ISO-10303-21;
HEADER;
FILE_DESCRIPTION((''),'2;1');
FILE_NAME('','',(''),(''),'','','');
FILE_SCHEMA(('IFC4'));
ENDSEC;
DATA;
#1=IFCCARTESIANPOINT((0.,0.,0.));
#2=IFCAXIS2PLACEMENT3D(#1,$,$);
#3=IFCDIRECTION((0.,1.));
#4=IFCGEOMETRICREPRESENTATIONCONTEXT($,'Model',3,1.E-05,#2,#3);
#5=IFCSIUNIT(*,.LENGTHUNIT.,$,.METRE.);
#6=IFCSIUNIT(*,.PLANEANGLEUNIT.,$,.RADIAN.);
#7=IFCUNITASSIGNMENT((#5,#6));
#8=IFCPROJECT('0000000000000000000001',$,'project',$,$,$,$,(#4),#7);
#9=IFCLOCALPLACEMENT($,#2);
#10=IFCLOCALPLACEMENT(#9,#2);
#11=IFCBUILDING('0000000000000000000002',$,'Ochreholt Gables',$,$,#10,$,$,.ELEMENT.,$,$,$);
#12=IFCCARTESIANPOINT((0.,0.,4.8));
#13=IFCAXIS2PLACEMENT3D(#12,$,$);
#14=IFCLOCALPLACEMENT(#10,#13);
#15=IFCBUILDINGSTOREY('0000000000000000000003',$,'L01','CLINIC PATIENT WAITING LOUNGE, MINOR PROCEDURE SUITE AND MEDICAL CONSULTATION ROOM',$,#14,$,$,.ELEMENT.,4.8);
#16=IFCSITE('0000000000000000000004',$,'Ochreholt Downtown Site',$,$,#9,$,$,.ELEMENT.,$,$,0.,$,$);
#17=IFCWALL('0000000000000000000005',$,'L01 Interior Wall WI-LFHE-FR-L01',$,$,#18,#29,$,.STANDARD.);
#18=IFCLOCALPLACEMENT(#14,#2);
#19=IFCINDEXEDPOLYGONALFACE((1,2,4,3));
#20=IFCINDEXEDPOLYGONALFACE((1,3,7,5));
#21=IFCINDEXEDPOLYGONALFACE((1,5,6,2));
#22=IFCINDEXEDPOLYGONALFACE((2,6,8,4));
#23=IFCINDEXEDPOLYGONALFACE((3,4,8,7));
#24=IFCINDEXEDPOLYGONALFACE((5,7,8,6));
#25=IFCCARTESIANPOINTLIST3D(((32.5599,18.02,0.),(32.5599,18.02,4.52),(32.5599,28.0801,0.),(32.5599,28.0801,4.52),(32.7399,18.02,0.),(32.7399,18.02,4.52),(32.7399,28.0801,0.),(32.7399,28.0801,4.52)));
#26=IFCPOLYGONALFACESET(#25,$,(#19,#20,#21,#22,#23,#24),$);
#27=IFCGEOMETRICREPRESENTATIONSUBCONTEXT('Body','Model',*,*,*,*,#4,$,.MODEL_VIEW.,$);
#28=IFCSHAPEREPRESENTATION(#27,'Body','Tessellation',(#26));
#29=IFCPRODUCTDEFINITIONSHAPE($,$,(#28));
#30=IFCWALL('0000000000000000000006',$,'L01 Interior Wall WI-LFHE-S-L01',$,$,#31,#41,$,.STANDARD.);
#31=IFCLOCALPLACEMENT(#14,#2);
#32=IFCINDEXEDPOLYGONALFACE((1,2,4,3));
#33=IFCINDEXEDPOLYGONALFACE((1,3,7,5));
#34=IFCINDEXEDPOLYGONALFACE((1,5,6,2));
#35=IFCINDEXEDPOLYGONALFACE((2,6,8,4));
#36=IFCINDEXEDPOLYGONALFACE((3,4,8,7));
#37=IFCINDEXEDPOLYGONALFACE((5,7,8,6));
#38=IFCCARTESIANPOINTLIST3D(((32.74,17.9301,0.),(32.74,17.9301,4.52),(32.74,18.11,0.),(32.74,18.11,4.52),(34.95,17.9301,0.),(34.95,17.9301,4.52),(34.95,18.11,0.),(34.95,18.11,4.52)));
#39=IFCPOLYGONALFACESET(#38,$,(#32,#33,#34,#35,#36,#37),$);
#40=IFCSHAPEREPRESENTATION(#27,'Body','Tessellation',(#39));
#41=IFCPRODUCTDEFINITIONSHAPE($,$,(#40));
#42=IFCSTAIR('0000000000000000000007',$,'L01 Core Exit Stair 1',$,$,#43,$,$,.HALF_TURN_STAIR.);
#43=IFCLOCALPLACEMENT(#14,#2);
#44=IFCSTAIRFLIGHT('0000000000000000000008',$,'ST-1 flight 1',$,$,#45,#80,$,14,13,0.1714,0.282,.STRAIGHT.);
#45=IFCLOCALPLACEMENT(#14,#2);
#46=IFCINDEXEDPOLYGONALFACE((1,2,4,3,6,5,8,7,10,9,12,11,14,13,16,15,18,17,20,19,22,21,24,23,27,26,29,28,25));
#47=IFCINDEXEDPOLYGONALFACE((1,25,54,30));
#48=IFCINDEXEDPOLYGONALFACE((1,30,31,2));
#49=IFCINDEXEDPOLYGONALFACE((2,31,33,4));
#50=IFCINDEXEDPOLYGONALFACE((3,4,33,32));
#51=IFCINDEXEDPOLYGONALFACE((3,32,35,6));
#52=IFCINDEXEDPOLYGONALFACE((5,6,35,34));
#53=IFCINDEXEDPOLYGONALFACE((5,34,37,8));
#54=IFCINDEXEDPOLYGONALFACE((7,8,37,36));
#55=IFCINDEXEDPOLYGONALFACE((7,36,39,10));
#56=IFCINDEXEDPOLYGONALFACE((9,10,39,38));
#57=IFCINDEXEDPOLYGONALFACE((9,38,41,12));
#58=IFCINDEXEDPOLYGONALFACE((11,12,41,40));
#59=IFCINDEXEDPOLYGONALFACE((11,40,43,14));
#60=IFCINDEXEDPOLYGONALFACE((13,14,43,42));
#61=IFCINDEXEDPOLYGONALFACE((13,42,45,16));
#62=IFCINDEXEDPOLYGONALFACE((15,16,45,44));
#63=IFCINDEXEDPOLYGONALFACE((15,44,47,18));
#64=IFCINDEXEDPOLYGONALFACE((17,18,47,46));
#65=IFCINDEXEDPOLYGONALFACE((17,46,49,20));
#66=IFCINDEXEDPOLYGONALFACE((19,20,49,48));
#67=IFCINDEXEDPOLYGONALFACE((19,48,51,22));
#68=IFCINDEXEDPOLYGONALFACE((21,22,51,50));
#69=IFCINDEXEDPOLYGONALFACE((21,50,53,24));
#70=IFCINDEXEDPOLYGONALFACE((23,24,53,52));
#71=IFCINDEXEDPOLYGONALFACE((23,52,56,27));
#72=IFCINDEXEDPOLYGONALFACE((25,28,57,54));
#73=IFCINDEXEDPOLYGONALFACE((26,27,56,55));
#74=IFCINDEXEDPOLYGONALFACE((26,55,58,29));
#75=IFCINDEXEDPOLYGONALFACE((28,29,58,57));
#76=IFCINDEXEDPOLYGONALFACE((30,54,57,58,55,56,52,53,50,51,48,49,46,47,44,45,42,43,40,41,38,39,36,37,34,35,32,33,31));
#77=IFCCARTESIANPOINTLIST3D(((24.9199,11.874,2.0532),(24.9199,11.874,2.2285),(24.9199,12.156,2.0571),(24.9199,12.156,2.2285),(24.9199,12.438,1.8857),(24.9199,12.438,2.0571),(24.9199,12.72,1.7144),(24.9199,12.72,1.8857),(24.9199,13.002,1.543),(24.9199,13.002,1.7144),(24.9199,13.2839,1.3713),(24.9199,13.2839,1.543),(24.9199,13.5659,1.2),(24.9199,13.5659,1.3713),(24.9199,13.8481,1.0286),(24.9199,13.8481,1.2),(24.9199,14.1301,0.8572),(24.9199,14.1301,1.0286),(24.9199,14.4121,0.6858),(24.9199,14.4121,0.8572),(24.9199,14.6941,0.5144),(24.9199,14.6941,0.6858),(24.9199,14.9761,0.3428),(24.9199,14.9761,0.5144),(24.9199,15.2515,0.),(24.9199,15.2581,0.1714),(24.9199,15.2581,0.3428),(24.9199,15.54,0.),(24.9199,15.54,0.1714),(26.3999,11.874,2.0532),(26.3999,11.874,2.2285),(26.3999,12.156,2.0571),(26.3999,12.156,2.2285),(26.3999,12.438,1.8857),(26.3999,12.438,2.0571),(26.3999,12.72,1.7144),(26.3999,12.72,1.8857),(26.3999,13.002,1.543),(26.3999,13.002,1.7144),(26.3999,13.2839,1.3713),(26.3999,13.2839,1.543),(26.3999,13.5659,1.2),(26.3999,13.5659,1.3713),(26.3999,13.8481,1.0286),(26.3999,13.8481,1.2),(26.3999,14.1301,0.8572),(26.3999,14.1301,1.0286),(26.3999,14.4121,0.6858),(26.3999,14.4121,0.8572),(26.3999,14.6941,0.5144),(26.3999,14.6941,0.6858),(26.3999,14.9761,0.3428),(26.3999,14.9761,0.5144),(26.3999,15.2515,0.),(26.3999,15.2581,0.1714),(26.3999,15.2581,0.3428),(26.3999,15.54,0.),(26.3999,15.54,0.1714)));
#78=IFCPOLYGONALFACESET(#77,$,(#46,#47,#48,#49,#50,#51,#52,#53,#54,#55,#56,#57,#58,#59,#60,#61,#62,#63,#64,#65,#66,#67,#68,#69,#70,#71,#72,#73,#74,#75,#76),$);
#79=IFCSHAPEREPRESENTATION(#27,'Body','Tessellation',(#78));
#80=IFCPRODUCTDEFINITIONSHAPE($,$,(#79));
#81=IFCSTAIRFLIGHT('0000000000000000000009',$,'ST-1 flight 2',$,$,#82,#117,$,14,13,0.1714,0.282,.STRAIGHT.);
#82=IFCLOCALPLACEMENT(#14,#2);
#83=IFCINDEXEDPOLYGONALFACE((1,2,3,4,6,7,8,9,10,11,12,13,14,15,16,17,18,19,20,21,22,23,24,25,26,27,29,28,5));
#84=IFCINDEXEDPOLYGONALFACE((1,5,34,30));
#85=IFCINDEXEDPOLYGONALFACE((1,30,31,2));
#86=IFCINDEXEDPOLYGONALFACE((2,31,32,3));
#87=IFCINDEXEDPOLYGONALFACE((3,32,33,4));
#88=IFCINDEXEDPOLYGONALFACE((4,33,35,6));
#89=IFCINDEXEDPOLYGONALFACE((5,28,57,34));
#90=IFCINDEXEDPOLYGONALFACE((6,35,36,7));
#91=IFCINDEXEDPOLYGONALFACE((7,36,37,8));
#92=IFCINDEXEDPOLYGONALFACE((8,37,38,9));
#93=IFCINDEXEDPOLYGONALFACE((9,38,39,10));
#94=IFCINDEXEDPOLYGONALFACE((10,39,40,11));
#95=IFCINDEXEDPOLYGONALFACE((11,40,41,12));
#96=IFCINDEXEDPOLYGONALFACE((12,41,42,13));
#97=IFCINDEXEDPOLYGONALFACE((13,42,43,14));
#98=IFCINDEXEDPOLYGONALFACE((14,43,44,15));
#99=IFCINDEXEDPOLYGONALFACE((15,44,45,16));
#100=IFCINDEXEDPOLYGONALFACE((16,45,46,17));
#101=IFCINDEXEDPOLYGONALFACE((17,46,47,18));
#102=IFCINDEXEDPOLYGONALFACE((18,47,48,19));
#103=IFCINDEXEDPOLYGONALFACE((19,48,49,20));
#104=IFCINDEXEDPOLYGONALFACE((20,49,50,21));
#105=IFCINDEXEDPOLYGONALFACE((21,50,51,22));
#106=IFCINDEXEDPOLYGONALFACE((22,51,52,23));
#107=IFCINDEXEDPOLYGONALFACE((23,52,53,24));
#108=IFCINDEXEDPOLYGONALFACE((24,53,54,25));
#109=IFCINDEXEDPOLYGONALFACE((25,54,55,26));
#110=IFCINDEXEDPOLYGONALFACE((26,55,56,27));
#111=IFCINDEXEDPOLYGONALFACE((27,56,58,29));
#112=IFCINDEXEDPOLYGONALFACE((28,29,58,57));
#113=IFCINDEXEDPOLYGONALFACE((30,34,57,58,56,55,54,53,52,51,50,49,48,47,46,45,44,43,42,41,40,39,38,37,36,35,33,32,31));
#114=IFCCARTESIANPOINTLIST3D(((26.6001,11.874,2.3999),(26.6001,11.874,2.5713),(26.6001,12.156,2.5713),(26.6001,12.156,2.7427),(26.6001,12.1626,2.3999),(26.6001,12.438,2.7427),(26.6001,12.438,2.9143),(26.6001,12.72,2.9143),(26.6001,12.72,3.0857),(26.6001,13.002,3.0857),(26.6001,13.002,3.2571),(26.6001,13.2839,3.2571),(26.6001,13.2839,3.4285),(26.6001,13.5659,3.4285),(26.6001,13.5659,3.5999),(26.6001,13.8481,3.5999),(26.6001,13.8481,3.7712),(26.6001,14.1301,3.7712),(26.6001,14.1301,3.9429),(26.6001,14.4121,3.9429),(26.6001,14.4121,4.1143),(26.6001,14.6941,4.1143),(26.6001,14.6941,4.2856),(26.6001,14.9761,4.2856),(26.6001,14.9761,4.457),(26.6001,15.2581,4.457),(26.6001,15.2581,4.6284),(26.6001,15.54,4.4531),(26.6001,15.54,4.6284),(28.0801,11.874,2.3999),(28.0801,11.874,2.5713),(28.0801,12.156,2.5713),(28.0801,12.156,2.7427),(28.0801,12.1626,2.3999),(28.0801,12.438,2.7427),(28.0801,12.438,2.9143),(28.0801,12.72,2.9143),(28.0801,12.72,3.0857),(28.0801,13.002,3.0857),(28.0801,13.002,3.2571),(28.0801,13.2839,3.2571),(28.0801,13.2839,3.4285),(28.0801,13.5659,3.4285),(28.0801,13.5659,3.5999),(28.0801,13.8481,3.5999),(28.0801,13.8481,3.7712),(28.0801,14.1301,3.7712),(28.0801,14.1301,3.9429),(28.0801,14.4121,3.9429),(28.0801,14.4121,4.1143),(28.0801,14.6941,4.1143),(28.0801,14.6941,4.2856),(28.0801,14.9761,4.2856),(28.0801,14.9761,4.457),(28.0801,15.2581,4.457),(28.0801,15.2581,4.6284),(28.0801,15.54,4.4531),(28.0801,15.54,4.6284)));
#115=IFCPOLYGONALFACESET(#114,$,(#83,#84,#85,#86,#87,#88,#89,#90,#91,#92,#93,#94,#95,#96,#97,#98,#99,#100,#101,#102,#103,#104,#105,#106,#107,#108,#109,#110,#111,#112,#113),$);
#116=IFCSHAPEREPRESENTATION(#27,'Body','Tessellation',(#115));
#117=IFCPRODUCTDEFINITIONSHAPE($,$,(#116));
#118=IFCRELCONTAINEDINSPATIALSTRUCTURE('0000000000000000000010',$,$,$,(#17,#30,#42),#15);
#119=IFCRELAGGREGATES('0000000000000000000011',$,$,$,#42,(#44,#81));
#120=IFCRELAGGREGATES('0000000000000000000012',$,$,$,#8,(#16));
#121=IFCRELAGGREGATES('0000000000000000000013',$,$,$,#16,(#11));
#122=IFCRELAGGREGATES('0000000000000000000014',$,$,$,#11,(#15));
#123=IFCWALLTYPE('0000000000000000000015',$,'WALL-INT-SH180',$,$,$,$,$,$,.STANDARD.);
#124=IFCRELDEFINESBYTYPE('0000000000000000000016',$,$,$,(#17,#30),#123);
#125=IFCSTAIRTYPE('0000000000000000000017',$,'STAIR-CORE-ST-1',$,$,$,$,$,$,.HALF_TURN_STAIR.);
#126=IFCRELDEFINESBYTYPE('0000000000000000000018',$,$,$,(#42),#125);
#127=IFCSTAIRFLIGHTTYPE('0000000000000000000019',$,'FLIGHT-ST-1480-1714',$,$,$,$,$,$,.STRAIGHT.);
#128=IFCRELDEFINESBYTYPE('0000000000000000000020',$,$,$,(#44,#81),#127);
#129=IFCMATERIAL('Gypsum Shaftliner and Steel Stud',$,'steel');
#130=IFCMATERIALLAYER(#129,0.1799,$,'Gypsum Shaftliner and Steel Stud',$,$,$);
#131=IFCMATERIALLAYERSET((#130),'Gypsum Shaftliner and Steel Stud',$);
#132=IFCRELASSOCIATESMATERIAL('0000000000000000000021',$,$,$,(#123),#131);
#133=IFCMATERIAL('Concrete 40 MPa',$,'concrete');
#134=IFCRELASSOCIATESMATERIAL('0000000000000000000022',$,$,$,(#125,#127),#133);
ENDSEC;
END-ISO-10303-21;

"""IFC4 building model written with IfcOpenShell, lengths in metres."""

from ifc_helpers import new_model, si_unit, direction, frame, frame_2d, origin, place, context, subcontext, project, spatial, polyline, rectangle, outline, extrude, material, layer, layer_set, type_object, element, aggregate, save


model = new_model("IFC4")

# Units and contexts
model_context = context("Model", 3, precision=1e-05, world=origin(), true_north=direction((0.0, 1.0)))
body_context = subcontext(model_context, "Body", "Model", "MODEL_VIEW")
ifc_project = project(units=[si_unit("LENGTHUNIT", "METRE"), si_unit("PLANEANGLEUNIT", "RADIAN")], contexts=[model_context])

# Site, building, storey
site_placement = place(None, origin())
site = spatial("IfcSite", under=ifc_project, at=site_placement, Name="Ochreholt Downtown Site", CompositionType="ELEMENT", RefElevation=0.0)
building_placement = place(site_placement, origin())
building = spatial("IfcBuilding", under=site, at=building_placement, Name="Ochreholt Gables", CompositionType="ELEMENT")
storey_placement = place(building_placement, frame((0.0, 0.0, 4.8)))
storey = spatial("IfcBuildingStorey", under=building, at=storey_placement, Name="L01", Description="CLINIC PATIENT WAITING LOUNGE, MINOR PROCEDURE SUITE AND MEDICAL CONSULTATION ROOM", CompositionType="ELEMENT", Elevation=4.8)

# Shared definitions
ifc_material_1 = material(Name="Concrete 40 MPa", Category="concrete")

# Walls
ifc_material_2 = material(Name="Gypsum Shaftliner and Steel Stud", Category="steel")
ifc_layer_1 = layer(ifc_material_2, 0.1799, Name="Gypsum Shaftliner and Steel Stud")
ifc_layer_set_1 = layer_set([ifc_layer_1], Name="Gypsum Shaftliner and Steel Stud")
wall_type_1 = type_object("IfcWallType", Name="WALL-INT-SH180", PredefinedType="STANDARD", material=ifc_layer_set_1)
wall_1_placement = place(storey_placement, frame((32.6499, 18.02, 0.0), z_axis=(0.0, 0.0, 1.0), x_axis=(0.0, 1.0, 0.0)))
element("IfcWall", 1, at=wall_1_placement, inside=storey, type_object=wall_type_1, Name="L01 Interior Wall WI-LFHE-FR-L01", PredefinedType="STANDARD", context=body_context, shape_type="SweptSolid", body=[
    extrude(rectangle(XDim=10.0601, YDim=0.1799, at=frame_2d((5.03, 0.0))), origin(), (0.0, 0.0, 1.0), 4.52),
])
wall_2_placement = place(storey_placement, frame((32.74, 18.02, 0.0), z_axis=(0.0, 0.0, 1.0), x_axis=(1.0, 0.0, 0.0)))
element("IfcWall", 2, at=wall_2_placement, inside=storey, type_object=wall_type_1, Name="L01 Interior Wall WI-LFHE-S-L01", PredefinedType="STANDARD", context=body_context, shape_type="SweptSolid", body=[
    extrude(rectangle(XDim=2.21, YDim=0.1799, at=frame_2d((1.105, 0.0))), origin(), (0.0, 0.0, 1.0), 4.52),
])

# Stair, stair flights
stair_type = type_object("IfcStairType", Name="STAIR-CORE-ST-1", PredefinedType="HALF_TURN_STAIR", material=ifc_material_1)
stair_placement = place(storey_placement, origin())
stair = element("IfcStair", 3, at=stair_placement, inside=storey, type_object=stair_type, Name="L01 Core Exit Stair 1", PredefinedType="HALF_TURN_STAIR")
stair_flight_type = type_object("IfcStairFlightType", Name="FLIGHT-ST-1480-1714", PredefinedType="STRAIGHT", material=ifc_material_1)
stair_flight_1_placement = place(storey_placement, frame((25.6599, 15.54, 0.0), z_axis=(0.0, 0.0, 1.0), x_axis=(0.0, -1.0, 0.0)))
stair_flight_1 = element("IfcStairFlight", 4, at=stair_flight_1_placement, type_object=stair_flight_type, Name="ST-1 flight 1", NumberOfRisers=14, NumberOfTreads=13, PredefinedType="STRAIGHT", RiserHeight=0.1714, TreadLength=0.282, context=body_context, shape_type="SweptSolid", body=[
    extrude(outline(polyline([(0.0, 0.0), (0.0, 0.1714), (0.282, 0.1714), (0.282, 0.3428), (0.564, 0.3428), (0.564, 0.5144), (0.8459, 0.5144), (0.8459, 0.6858), (1.1279, 0.6858), (1.1279, 0.8572), (1.4099, 0.8572), (1.4099, 1.0286), (1.6919, 1.0286), (1.6919, 1.2), (1.9741, 1.2), (1.9741, 1.3713), (2.2561, 1.3713), (2.2561, 1.543), (2.5381, 1.543), (2.5381, 1.7144), (2.8201, 1.7144), (2.8201, 1.8857), (3.1021, 1.8857), (3.1021, 2.0571), (3.384, 2.0571), (3.384, 2.2285), (3.666, 2.2285), (3.666, 2.3999), (3.666, 2.0532), (0.2886, 0.0), (0.0, 0.0)])), frame((0.0, 0.74, 0.0), z_axis=(0.0, -1.0, 0.0), x_axis=(1.0, 0.0, 0.0)), (0.0, 0.0, 1.0), 1.48),
])
stair_flight_2_placement = place(storey_placement, frame((27.3401, 11.874, 2.3999), z_axis=(0.0, 0.0, 1.0), x_axis=(0.0, 1.0, 0.0)))
stair_flight_2 = element("IfcStairFlight", 5, at=stair_flight_2_placement, type_object=stair_flight_type, Name="ST-1 flight 2", NumberOfRisers=14, NumberOfTreads=13, PredefinedType="STRAIGHT", RiserHeight=0.1714, TreadLength=0.282, context=body_context, shape_type="SweptSolid", body=[
    extrude(outline(polyline([(0.0, 0.0), (0.0, 0.1714), (0.282, 0.1714), (0.282, 0.3428), (0.564, 0.3428), (0.564, 0.5144), (0.8459, 0.5144), (0.8459, 0.6858), (1.1279, 0.6858), (1.1279, 0.8572), (1.4099, 0.8572), (1.4099, 1.0286), (1.6919, 1.0286), (1.6919, 1.2), (1.9741, 1.2), (1.9741, 1.3713), (2.2561, 1.3713), (2.2561, 1.543), (2.5381, 1.543), (2.5381, 1.7144), (2.8201, 1.7144), (2.8201, 1.8857), (3.1021, 1.8857), (3.1021, 2.0571), (3.384, 2.0571), (3.384, 2.2285), (3.666, 2.2285), (3.666, 2.3999), (3.666, 2.0532), (0.2886, 0.0), (0.0, 0.0)])), frame((0.0, 0.74, 0.0), z_axis=(0.0, -1.0, 0.0), x_axis=(1.0, 0.0, 0.0)), (0.0, 0.0, 1.0), 1.48),
])
aggregate(stair, [stair_flight_1, stair_flight_2])

save(model, "model.ifc")
